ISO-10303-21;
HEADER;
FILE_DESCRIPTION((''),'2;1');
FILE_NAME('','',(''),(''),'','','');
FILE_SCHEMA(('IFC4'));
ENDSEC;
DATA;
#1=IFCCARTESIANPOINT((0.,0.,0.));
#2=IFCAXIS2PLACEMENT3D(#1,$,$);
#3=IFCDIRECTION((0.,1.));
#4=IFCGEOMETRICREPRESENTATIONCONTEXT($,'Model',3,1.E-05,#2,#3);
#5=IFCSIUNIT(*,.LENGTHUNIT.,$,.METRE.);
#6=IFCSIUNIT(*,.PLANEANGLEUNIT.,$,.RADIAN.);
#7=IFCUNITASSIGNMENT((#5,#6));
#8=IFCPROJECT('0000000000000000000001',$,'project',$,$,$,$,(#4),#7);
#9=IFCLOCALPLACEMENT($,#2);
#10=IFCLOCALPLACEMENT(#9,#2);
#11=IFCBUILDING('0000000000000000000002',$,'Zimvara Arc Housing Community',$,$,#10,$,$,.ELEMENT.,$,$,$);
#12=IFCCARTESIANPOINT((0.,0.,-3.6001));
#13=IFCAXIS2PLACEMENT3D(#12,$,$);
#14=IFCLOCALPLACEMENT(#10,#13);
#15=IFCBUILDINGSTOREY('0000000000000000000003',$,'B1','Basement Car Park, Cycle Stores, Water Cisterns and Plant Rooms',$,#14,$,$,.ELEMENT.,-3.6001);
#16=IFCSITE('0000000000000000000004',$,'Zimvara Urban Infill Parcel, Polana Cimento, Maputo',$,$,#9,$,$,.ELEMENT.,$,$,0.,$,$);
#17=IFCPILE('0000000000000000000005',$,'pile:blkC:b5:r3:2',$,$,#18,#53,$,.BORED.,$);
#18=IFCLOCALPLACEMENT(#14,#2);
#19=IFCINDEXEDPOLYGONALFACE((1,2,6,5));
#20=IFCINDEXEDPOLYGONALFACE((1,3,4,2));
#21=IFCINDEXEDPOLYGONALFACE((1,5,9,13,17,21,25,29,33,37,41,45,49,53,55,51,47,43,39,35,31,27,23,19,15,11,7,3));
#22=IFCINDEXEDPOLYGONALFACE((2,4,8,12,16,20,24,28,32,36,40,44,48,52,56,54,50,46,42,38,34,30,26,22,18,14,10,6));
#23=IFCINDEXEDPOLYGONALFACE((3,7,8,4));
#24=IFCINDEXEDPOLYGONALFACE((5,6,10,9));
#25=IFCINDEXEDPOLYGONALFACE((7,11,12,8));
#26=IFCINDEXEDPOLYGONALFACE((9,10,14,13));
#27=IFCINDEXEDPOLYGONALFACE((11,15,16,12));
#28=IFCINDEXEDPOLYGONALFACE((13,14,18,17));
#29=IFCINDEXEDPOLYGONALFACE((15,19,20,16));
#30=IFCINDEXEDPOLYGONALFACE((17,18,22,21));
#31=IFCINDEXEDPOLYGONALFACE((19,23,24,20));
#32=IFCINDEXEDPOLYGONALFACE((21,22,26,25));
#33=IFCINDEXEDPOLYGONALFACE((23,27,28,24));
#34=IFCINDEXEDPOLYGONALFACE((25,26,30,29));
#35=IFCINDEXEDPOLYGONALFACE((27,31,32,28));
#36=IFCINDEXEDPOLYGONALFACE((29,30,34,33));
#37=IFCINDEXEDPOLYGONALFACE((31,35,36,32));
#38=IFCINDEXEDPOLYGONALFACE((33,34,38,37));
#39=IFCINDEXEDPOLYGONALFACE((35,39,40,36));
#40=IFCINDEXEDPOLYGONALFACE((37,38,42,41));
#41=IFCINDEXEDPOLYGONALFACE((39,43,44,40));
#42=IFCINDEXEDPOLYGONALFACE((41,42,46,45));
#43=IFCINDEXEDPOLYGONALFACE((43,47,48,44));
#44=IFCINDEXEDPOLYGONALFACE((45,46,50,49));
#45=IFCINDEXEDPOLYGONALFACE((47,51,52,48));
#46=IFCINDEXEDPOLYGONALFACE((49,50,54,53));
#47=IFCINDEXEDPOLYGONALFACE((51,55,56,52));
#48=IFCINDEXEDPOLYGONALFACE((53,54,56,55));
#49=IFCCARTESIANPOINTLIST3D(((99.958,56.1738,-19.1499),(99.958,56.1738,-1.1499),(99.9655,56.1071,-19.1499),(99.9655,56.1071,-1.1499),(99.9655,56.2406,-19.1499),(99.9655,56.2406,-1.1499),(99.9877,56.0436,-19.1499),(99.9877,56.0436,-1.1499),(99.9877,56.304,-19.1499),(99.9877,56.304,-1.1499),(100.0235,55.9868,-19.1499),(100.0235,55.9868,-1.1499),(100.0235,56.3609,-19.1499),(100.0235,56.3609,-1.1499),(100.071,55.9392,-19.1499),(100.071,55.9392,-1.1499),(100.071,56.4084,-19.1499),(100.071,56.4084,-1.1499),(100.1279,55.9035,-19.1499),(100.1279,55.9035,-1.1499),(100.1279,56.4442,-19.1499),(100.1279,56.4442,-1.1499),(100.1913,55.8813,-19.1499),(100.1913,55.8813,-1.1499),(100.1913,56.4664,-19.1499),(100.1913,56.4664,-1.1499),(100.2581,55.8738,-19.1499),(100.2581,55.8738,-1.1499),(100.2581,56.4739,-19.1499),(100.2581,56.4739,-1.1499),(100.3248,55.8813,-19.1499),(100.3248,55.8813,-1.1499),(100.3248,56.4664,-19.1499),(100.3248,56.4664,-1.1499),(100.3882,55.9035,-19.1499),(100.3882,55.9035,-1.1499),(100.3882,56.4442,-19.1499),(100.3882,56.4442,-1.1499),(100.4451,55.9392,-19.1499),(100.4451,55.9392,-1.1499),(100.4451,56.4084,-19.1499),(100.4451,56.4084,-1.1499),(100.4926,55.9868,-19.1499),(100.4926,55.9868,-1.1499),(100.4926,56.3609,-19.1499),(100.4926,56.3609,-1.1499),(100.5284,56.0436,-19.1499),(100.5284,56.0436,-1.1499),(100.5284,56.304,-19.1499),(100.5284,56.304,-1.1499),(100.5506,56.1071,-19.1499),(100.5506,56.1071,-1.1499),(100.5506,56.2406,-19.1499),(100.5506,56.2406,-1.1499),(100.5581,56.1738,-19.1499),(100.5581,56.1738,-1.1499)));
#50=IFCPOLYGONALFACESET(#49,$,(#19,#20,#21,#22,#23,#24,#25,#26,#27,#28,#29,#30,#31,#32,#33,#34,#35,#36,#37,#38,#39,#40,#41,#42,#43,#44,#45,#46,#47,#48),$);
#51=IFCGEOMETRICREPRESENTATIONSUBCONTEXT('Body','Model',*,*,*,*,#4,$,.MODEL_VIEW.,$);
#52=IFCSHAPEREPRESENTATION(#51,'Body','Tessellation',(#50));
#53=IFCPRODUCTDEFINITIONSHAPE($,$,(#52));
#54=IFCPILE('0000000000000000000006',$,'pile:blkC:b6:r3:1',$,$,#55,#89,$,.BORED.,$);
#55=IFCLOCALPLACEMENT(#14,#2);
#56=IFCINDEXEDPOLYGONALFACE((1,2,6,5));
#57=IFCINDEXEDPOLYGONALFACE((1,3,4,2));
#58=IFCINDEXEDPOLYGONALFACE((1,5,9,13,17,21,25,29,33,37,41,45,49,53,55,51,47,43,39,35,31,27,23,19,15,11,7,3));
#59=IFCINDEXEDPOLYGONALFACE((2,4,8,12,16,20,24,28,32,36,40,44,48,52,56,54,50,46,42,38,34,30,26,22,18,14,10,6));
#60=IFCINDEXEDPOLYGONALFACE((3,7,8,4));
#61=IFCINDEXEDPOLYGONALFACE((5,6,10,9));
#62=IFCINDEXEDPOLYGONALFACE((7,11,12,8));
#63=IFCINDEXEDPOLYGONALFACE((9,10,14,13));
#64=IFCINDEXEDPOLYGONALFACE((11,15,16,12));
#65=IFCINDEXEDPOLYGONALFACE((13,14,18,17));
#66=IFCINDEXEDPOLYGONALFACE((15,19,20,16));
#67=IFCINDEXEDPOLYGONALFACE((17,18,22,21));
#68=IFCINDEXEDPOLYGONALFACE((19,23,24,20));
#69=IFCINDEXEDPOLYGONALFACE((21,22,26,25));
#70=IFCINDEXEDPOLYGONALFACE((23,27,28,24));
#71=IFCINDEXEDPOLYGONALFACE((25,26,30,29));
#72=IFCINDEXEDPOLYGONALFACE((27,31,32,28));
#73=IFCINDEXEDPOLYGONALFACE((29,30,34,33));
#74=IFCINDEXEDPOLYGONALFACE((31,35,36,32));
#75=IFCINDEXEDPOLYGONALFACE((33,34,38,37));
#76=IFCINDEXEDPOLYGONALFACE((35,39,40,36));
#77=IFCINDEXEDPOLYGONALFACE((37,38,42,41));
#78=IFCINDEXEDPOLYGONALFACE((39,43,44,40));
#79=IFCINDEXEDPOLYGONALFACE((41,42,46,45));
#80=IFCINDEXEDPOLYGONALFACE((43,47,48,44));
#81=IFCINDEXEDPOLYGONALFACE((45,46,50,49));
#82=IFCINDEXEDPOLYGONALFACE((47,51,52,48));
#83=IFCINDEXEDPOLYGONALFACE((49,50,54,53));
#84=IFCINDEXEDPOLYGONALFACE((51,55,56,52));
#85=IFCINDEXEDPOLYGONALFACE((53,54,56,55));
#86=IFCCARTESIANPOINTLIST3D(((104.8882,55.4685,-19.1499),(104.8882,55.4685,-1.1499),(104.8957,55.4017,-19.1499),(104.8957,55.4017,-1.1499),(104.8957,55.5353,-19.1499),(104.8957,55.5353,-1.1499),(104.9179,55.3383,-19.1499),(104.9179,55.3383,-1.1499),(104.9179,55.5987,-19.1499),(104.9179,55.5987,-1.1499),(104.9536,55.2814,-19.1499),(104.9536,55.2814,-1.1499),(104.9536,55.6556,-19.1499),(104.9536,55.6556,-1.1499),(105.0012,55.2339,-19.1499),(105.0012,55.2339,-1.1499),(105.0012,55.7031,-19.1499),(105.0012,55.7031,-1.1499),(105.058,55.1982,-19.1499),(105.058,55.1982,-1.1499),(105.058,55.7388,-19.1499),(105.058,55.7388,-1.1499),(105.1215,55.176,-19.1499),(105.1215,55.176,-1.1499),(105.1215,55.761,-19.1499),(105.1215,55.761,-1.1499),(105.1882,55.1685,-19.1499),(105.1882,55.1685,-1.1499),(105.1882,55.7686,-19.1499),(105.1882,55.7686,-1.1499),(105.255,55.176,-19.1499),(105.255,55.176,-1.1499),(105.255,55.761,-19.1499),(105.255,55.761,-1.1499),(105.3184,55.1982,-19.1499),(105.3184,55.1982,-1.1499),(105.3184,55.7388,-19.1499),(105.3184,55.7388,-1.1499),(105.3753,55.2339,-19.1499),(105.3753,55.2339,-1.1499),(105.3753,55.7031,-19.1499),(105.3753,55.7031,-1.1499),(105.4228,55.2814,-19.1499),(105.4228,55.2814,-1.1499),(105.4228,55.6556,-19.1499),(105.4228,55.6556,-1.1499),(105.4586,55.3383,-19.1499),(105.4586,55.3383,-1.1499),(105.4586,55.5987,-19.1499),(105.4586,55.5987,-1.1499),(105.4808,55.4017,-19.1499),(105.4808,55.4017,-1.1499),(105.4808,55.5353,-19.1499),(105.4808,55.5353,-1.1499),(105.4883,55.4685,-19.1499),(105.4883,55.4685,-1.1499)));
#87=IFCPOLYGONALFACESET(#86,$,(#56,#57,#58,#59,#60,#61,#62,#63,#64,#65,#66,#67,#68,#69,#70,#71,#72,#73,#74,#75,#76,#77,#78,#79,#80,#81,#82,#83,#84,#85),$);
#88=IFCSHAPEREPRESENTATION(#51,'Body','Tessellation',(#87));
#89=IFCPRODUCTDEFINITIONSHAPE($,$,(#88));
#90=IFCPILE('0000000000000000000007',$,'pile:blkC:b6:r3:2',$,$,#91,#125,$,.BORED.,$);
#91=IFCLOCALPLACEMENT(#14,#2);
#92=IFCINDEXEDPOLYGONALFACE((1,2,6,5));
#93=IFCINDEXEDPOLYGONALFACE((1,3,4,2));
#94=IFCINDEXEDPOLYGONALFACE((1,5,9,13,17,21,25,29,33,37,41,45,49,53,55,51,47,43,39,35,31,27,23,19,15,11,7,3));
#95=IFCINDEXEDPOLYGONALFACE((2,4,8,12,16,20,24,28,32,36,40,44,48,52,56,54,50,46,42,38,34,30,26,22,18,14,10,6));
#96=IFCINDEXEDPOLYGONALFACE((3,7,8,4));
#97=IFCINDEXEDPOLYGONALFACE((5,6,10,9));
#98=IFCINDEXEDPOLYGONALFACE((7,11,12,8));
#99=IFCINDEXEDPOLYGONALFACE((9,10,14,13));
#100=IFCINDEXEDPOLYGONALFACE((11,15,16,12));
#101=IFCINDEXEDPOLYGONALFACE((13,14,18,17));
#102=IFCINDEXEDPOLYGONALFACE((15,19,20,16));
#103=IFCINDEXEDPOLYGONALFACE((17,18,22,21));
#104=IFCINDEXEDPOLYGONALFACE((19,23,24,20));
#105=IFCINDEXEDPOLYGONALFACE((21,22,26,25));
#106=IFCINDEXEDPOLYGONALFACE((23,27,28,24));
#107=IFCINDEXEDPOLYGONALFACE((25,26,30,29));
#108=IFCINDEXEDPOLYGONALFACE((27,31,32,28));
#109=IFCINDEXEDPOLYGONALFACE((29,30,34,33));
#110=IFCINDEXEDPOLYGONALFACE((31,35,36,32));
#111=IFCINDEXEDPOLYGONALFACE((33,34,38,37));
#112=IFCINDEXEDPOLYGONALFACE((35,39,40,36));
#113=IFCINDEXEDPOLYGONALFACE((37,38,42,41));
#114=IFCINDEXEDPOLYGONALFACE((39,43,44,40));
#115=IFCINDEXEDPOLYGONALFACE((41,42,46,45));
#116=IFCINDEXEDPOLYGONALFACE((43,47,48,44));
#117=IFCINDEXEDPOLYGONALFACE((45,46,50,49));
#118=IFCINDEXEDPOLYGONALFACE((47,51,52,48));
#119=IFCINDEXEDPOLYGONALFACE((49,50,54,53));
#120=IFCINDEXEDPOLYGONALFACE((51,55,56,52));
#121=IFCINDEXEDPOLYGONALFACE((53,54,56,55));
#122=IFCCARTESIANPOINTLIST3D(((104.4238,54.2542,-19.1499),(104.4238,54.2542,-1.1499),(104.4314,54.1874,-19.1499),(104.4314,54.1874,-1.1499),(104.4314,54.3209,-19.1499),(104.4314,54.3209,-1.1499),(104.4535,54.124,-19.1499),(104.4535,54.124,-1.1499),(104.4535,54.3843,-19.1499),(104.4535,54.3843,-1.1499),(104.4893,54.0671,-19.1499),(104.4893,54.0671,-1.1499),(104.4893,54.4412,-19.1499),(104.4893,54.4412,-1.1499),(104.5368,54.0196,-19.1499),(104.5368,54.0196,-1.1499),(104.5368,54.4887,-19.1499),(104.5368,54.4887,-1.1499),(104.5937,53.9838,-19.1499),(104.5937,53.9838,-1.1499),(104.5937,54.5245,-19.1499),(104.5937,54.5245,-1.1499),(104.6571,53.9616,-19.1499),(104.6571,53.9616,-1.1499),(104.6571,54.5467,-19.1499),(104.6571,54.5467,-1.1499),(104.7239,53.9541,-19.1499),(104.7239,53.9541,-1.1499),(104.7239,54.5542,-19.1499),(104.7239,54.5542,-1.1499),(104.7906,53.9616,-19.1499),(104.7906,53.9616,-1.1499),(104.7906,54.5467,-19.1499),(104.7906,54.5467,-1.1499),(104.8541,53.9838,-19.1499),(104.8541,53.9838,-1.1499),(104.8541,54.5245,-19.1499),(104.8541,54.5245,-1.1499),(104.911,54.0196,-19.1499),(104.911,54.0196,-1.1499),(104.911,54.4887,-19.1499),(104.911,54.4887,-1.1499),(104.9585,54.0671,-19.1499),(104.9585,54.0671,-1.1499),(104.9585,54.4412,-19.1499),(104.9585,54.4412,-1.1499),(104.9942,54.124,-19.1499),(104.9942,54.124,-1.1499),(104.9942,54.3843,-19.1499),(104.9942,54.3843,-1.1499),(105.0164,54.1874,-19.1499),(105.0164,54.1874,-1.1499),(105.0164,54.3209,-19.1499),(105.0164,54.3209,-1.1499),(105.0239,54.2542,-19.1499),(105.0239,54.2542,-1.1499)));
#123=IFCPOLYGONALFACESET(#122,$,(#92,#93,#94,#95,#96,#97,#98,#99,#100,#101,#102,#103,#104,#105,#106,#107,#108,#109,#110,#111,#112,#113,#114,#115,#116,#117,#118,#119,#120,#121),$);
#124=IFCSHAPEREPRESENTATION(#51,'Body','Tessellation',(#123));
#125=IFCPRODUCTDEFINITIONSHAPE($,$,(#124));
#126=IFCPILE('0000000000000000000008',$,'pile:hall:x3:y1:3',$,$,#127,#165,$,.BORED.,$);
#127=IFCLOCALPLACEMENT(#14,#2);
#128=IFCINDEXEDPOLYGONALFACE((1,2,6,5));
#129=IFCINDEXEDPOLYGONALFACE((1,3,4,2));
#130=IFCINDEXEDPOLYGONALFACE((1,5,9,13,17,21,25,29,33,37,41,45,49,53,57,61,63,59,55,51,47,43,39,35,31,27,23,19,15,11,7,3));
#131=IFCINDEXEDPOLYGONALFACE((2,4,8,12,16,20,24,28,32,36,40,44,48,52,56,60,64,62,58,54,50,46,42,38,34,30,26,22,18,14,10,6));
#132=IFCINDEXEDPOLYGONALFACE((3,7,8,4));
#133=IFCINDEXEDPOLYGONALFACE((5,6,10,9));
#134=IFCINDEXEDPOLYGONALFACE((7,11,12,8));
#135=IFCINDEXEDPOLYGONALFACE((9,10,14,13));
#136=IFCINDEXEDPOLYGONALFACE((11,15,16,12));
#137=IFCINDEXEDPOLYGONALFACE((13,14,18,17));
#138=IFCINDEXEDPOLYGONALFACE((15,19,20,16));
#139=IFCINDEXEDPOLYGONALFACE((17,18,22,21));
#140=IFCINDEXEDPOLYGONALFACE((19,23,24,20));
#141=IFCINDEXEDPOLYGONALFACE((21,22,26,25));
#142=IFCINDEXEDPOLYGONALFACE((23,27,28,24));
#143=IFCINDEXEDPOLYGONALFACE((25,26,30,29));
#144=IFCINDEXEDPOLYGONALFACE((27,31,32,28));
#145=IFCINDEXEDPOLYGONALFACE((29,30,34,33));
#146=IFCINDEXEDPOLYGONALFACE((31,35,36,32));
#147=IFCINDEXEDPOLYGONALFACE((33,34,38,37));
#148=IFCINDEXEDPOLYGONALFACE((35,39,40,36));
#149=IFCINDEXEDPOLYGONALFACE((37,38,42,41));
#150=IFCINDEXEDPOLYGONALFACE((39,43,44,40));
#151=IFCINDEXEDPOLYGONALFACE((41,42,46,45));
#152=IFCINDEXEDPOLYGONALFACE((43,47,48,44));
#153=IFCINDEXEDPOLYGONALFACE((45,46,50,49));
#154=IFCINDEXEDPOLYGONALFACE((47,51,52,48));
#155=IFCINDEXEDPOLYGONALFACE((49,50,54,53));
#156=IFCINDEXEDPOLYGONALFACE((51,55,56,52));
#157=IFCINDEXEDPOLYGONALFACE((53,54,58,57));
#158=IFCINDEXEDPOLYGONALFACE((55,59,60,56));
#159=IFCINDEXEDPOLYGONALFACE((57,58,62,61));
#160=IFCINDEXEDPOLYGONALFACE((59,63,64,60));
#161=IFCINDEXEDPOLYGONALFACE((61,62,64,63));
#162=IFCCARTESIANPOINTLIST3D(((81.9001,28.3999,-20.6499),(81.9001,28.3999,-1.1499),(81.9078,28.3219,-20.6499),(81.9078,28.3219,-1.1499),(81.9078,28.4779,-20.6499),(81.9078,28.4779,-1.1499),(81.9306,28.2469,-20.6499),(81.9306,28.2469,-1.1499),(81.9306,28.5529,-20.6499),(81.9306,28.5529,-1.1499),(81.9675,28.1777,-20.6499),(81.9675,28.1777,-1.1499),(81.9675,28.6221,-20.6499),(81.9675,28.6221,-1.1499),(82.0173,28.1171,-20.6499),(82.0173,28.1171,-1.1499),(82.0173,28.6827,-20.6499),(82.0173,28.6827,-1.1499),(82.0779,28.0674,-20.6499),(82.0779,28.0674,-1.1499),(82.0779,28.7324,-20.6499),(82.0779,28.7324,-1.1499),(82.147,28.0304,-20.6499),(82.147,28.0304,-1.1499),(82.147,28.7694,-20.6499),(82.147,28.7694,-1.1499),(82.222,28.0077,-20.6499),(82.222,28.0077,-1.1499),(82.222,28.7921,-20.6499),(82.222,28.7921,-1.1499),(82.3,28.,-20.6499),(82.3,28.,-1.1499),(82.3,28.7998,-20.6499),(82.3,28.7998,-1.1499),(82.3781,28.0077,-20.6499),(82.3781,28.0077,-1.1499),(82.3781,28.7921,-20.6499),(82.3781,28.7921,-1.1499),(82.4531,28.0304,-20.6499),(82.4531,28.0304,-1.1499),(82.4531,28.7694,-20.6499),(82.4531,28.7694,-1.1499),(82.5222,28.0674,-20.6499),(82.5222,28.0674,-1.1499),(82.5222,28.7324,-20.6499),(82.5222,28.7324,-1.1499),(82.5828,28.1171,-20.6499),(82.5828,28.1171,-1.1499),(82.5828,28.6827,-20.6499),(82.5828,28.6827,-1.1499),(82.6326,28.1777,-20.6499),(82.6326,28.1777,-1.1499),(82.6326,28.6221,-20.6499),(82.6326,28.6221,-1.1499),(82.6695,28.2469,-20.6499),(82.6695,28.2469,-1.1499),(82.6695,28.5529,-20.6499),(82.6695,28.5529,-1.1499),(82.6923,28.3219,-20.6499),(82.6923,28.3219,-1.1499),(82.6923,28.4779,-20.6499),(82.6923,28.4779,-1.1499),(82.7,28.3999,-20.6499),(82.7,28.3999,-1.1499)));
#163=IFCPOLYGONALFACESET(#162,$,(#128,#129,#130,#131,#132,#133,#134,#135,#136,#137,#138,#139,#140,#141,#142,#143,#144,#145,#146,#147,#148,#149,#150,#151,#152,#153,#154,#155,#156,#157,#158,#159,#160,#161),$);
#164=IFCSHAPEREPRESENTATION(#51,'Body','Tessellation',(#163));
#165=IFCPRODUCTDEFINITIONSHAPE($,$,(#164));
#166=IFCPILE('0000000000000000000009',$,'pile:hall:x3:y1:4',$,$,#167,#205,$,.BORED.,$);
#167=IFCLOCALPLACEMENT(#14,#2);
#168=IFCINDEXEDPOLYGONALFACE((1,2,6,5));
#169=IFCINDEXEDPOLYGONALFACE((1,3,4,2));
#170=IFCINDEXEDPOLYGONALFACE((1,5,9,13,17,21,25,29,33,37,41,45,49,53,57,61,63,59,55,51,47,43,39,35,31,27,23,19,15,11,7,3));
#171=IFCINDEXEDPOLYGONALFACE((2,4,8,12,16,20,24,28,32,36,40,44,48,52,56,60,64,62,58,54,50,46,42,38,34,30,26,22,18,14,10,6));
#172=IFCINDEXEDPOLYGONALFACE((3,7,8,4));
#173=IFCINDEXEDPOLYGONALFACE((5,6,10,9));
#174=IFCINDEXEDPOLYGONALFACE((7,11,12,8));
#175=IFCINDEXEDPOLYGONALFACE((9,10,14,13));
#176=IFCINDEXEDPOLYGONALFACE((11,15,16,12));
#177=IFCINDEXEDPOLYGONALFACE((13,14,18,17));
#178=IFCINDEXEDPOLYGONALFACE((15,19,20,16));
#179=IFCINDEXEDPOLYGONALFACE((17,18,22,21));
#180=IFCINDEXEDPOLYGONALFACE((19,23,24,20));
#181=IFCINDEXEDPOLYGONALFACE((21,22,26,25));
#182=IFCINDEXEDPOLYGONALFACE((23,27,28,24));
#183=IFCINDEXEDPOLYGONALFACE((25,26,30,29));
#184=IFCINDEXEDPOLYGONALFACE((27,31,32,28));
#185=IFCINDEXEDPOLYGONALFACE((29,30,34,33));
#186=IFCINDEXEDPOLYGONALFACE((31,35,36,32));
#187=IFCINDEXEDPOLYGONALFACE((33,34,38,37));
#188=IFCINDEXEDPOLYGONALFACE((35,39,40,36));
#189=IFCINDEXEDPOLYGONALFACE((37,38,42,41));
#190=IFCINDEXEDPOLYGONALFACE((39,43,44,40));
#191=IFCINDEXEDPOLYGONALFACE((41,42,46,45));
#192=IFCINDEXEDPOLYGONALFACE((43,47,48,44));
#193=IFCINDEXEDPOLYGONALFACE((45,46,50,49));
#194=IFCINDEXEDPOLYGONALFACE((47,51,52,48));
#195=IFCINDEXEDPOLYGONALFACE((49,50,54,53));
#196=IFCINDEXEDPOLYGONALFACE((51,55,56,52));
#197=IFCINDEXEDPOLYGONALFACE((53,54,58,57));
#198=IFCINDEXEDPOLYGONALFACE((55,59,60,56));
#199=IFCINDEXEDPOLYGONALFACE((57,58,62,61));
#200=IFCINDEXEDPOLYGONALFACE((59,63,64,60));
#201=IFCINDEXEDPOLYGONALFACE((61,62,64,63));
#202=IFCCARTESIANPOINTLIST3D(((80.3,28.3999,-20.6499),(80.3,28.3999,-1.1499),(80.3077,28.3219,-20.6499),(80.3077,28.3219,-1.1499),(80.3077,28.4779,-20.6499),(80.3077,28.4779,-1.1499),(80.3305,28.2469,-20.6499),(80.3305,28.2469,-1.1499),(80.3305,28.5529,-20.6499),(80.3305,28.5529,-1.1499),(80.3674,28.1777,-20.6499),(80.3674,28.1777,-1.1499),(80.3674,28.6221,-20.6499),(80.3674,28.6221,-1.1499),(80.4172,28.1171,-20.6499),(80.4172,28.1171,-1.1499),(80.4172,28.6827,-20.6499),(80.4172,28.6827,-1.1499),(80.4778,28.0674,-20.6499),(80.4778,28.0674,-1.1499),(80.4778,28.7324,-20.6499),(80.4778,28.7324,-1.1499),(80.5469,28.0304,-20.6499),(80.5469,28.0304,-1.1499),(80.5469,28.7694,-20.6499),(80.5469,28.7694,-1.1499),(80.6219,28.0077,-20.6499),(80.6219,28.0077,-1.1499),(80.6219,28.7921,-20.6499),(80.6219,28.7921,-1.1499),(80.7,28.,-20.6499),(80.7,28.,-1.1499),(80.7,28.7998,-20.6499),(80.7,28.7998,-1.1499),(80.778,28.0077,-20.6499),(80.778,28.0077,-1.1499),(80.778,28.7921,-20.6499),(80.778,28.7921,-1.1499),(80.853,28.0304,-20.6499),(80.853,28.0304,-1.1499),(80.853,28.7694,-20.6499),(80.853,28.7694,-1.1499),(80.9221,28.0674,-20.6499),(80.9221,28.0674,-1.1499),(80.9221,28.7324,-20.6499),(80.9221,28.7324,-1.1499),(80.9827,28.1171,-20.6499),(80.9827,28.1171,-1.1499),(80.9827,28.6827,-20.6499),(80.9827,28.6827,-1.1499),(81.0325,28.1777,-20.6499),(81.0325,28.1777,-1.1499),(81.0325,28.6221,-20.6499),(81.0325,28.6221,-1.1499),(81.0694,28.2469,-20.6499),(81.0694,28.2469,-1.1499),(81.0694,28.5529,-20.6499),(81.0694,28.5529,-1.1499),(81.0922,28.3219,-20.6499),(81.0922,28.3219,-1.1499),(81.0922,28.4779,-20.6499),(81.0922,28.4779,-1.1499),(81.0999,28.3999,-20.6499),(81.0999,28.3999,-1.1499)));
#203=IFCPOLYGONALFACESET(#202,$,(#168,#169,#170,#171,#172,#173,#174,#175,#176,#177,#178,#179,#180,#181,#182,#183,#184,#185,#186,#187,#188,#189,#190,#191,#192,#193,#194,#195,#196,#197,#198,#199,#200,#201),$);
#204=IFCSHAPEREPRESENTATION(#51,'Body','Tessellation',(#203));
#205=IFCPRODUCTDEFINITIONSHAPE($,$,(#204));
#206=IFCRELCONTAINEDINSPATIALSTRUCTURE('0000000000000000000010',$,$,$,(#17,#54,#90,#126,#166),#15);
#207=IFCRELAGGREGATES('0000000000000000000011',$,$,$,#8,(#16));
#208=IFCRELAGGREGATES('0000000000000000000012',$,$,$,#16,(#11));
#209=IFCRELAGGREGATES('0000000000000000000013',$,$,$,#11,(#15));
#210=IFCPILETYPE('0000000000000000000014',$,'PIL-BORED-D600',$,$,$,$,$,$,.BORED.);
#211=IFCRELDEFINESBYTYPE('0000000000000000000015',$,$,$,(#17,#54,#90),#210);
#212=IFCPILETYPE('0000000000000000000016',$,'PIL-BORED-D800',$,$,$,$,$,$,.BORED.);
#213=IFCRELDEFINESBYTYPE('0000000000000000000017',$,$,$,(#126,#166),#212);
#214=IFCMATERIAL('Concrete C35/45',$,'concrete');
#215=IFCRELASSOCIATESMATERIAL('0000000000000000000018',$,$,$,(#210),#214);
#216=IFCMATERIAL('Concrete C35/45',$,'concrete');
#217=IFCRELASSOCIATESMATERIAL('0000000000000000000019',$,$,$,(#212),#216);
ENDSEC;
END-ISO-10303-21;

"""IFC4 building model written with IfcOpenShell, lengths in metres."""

from ifc_helpers import new_model, si_unit, direction, frame, origin, origin_2d, place, context, subcontext, project, spatial, circle, extrude, material, material_profile, profile_set, type_object, element, save


model = new_model("IFC4")

# Units and contexts
model_context = context("Model", 3, precision=1e-05, world=origin(), true_north=direction((0.0, 1.0)))
body_context = subcontext(model_context, "Body", "Model", "MODEL_VIEW")
ifc_project = project(units=[si_unit("LENGTHUNIT", "METRE"), si_unit("PLANEANGLEUNIT", "RADIAN")], contexts=[model_context])

# Site, building, storey
site_placement = place(None, origin())
site = spatial("IfcSite", under=ifc_project, at=site_placement, Name="Zimvara Urban Infill Parcel, Polana Cimento, Maputo", CompositionType="ELEMENT", RefElevation=0.0)
building_placement = place(site_placement, origin())
building = spatial("IfcBuilding", under=site, at=building_placement, Name="Zimvara Arc Housing Community", CompositionType="ELEMENT")
storey_placement = place(building_placement, frame((0.0, 0.0, -3.6001)))
storey = spatial("IfcBuildingStorey", under=building, at=storey_placement, Name="B1", Description="Basement Car Park, Cycle Stores, Water Cisterns and Plant Rooms", CompositionType="ELEMENT", Elevation=-3.6001)

# Piles
ifc_material_1 = material(Name="Concrete C35/45", Category="concrete")
ifc_material_profile_1 = material_profile(ifc_material_1, circle(Radius=0.3, at=origin_2d()), Name="PILE D600")
ifc_profile_set_1 = profile_set([ifc_material_profile_1], Name="Concrete C35/45")
pile_type_1 = type_object("IfcPileType", Name="PIL-BORED-D600", PredefinedType="BORED", material=ifc_profile_set_1)
for number, where, z_axis, x_axis, name in (
    (1, (100.2581, 56.1738, -1.1499), (0.0, 0.0, -1.0), (1.0, 0.0, 0.0), "pile:blkC:b5:r3:2"),
    (2, (105.1882, 55.4685, -1.1499), (0.0, 0.0, -1.0), (1.0, 0.0, 0.0), "pile:blkC:b6:r3:1"),
    (3, (104.7239, 54.2542, -1.1499), (0.0, 0.0, -1.0), (1.0, 0.0, 0.0), "pile:blkC:b6:r3:2"),
):
    element("IfcPile", number, at=place(storey_placement, frame(where, z_axis=z_axis, x_axis=x_axis)), inside=storey, type_object=pile_type_1, Name=name, PredefinedType="BORED", context=body_context, shape_type="SweptSolid", body=[
        extrude(circle(Radius=0.3, at=origin_2d()), origin(), (0.0, 0.0, 1.0), 18.0),
    ])
ifc_material_2 = material(Name="Concrete C35/45", Category="concrete")
ifc_material_profile_2 = material_profile(ifc_material_2, circle(Radius=0.3999, at=origin_2d()), Name="PILE D800")
ifc_profile_set_2 = profile_set([ifc_material_profile_2], Name="Concrete C35/45")
pile_type_2 = type_object("IfcPileType", Name="PIL-BORED-D800", PredefinedType="BORED", material=ifc_profile_set_2)
for number, where, z_axis, x_axis, name in (
    (4, (82.3, 28.3999, -1.1499), (0.0, 0.0, -1.0), (1.0, 0.0, 0.0), "pile:hall:x3:y1:3"),
    (5, (80.7, 28.3999, -1.1499), (0.0, 0.0, -1.0), (1.0, 0.0, 0.0), "pile:hall:x3:y1:4"),
):
    element("IfcPile", number, at=place(storey_placement, frame(where, z_axis=z_axis, x_axis=x_axis)), inside=storey, type_object=pile_type_2, Name=name, PredefinedType="BORED", context=body_context, shape_type="SweptSolid", body=[
        extrude(circle(Radius=0.3999, at=origin_2d()), origin(), (0.0, 0.0, 1.0), 19.5),
    ])

save(model, "model.ifc")
